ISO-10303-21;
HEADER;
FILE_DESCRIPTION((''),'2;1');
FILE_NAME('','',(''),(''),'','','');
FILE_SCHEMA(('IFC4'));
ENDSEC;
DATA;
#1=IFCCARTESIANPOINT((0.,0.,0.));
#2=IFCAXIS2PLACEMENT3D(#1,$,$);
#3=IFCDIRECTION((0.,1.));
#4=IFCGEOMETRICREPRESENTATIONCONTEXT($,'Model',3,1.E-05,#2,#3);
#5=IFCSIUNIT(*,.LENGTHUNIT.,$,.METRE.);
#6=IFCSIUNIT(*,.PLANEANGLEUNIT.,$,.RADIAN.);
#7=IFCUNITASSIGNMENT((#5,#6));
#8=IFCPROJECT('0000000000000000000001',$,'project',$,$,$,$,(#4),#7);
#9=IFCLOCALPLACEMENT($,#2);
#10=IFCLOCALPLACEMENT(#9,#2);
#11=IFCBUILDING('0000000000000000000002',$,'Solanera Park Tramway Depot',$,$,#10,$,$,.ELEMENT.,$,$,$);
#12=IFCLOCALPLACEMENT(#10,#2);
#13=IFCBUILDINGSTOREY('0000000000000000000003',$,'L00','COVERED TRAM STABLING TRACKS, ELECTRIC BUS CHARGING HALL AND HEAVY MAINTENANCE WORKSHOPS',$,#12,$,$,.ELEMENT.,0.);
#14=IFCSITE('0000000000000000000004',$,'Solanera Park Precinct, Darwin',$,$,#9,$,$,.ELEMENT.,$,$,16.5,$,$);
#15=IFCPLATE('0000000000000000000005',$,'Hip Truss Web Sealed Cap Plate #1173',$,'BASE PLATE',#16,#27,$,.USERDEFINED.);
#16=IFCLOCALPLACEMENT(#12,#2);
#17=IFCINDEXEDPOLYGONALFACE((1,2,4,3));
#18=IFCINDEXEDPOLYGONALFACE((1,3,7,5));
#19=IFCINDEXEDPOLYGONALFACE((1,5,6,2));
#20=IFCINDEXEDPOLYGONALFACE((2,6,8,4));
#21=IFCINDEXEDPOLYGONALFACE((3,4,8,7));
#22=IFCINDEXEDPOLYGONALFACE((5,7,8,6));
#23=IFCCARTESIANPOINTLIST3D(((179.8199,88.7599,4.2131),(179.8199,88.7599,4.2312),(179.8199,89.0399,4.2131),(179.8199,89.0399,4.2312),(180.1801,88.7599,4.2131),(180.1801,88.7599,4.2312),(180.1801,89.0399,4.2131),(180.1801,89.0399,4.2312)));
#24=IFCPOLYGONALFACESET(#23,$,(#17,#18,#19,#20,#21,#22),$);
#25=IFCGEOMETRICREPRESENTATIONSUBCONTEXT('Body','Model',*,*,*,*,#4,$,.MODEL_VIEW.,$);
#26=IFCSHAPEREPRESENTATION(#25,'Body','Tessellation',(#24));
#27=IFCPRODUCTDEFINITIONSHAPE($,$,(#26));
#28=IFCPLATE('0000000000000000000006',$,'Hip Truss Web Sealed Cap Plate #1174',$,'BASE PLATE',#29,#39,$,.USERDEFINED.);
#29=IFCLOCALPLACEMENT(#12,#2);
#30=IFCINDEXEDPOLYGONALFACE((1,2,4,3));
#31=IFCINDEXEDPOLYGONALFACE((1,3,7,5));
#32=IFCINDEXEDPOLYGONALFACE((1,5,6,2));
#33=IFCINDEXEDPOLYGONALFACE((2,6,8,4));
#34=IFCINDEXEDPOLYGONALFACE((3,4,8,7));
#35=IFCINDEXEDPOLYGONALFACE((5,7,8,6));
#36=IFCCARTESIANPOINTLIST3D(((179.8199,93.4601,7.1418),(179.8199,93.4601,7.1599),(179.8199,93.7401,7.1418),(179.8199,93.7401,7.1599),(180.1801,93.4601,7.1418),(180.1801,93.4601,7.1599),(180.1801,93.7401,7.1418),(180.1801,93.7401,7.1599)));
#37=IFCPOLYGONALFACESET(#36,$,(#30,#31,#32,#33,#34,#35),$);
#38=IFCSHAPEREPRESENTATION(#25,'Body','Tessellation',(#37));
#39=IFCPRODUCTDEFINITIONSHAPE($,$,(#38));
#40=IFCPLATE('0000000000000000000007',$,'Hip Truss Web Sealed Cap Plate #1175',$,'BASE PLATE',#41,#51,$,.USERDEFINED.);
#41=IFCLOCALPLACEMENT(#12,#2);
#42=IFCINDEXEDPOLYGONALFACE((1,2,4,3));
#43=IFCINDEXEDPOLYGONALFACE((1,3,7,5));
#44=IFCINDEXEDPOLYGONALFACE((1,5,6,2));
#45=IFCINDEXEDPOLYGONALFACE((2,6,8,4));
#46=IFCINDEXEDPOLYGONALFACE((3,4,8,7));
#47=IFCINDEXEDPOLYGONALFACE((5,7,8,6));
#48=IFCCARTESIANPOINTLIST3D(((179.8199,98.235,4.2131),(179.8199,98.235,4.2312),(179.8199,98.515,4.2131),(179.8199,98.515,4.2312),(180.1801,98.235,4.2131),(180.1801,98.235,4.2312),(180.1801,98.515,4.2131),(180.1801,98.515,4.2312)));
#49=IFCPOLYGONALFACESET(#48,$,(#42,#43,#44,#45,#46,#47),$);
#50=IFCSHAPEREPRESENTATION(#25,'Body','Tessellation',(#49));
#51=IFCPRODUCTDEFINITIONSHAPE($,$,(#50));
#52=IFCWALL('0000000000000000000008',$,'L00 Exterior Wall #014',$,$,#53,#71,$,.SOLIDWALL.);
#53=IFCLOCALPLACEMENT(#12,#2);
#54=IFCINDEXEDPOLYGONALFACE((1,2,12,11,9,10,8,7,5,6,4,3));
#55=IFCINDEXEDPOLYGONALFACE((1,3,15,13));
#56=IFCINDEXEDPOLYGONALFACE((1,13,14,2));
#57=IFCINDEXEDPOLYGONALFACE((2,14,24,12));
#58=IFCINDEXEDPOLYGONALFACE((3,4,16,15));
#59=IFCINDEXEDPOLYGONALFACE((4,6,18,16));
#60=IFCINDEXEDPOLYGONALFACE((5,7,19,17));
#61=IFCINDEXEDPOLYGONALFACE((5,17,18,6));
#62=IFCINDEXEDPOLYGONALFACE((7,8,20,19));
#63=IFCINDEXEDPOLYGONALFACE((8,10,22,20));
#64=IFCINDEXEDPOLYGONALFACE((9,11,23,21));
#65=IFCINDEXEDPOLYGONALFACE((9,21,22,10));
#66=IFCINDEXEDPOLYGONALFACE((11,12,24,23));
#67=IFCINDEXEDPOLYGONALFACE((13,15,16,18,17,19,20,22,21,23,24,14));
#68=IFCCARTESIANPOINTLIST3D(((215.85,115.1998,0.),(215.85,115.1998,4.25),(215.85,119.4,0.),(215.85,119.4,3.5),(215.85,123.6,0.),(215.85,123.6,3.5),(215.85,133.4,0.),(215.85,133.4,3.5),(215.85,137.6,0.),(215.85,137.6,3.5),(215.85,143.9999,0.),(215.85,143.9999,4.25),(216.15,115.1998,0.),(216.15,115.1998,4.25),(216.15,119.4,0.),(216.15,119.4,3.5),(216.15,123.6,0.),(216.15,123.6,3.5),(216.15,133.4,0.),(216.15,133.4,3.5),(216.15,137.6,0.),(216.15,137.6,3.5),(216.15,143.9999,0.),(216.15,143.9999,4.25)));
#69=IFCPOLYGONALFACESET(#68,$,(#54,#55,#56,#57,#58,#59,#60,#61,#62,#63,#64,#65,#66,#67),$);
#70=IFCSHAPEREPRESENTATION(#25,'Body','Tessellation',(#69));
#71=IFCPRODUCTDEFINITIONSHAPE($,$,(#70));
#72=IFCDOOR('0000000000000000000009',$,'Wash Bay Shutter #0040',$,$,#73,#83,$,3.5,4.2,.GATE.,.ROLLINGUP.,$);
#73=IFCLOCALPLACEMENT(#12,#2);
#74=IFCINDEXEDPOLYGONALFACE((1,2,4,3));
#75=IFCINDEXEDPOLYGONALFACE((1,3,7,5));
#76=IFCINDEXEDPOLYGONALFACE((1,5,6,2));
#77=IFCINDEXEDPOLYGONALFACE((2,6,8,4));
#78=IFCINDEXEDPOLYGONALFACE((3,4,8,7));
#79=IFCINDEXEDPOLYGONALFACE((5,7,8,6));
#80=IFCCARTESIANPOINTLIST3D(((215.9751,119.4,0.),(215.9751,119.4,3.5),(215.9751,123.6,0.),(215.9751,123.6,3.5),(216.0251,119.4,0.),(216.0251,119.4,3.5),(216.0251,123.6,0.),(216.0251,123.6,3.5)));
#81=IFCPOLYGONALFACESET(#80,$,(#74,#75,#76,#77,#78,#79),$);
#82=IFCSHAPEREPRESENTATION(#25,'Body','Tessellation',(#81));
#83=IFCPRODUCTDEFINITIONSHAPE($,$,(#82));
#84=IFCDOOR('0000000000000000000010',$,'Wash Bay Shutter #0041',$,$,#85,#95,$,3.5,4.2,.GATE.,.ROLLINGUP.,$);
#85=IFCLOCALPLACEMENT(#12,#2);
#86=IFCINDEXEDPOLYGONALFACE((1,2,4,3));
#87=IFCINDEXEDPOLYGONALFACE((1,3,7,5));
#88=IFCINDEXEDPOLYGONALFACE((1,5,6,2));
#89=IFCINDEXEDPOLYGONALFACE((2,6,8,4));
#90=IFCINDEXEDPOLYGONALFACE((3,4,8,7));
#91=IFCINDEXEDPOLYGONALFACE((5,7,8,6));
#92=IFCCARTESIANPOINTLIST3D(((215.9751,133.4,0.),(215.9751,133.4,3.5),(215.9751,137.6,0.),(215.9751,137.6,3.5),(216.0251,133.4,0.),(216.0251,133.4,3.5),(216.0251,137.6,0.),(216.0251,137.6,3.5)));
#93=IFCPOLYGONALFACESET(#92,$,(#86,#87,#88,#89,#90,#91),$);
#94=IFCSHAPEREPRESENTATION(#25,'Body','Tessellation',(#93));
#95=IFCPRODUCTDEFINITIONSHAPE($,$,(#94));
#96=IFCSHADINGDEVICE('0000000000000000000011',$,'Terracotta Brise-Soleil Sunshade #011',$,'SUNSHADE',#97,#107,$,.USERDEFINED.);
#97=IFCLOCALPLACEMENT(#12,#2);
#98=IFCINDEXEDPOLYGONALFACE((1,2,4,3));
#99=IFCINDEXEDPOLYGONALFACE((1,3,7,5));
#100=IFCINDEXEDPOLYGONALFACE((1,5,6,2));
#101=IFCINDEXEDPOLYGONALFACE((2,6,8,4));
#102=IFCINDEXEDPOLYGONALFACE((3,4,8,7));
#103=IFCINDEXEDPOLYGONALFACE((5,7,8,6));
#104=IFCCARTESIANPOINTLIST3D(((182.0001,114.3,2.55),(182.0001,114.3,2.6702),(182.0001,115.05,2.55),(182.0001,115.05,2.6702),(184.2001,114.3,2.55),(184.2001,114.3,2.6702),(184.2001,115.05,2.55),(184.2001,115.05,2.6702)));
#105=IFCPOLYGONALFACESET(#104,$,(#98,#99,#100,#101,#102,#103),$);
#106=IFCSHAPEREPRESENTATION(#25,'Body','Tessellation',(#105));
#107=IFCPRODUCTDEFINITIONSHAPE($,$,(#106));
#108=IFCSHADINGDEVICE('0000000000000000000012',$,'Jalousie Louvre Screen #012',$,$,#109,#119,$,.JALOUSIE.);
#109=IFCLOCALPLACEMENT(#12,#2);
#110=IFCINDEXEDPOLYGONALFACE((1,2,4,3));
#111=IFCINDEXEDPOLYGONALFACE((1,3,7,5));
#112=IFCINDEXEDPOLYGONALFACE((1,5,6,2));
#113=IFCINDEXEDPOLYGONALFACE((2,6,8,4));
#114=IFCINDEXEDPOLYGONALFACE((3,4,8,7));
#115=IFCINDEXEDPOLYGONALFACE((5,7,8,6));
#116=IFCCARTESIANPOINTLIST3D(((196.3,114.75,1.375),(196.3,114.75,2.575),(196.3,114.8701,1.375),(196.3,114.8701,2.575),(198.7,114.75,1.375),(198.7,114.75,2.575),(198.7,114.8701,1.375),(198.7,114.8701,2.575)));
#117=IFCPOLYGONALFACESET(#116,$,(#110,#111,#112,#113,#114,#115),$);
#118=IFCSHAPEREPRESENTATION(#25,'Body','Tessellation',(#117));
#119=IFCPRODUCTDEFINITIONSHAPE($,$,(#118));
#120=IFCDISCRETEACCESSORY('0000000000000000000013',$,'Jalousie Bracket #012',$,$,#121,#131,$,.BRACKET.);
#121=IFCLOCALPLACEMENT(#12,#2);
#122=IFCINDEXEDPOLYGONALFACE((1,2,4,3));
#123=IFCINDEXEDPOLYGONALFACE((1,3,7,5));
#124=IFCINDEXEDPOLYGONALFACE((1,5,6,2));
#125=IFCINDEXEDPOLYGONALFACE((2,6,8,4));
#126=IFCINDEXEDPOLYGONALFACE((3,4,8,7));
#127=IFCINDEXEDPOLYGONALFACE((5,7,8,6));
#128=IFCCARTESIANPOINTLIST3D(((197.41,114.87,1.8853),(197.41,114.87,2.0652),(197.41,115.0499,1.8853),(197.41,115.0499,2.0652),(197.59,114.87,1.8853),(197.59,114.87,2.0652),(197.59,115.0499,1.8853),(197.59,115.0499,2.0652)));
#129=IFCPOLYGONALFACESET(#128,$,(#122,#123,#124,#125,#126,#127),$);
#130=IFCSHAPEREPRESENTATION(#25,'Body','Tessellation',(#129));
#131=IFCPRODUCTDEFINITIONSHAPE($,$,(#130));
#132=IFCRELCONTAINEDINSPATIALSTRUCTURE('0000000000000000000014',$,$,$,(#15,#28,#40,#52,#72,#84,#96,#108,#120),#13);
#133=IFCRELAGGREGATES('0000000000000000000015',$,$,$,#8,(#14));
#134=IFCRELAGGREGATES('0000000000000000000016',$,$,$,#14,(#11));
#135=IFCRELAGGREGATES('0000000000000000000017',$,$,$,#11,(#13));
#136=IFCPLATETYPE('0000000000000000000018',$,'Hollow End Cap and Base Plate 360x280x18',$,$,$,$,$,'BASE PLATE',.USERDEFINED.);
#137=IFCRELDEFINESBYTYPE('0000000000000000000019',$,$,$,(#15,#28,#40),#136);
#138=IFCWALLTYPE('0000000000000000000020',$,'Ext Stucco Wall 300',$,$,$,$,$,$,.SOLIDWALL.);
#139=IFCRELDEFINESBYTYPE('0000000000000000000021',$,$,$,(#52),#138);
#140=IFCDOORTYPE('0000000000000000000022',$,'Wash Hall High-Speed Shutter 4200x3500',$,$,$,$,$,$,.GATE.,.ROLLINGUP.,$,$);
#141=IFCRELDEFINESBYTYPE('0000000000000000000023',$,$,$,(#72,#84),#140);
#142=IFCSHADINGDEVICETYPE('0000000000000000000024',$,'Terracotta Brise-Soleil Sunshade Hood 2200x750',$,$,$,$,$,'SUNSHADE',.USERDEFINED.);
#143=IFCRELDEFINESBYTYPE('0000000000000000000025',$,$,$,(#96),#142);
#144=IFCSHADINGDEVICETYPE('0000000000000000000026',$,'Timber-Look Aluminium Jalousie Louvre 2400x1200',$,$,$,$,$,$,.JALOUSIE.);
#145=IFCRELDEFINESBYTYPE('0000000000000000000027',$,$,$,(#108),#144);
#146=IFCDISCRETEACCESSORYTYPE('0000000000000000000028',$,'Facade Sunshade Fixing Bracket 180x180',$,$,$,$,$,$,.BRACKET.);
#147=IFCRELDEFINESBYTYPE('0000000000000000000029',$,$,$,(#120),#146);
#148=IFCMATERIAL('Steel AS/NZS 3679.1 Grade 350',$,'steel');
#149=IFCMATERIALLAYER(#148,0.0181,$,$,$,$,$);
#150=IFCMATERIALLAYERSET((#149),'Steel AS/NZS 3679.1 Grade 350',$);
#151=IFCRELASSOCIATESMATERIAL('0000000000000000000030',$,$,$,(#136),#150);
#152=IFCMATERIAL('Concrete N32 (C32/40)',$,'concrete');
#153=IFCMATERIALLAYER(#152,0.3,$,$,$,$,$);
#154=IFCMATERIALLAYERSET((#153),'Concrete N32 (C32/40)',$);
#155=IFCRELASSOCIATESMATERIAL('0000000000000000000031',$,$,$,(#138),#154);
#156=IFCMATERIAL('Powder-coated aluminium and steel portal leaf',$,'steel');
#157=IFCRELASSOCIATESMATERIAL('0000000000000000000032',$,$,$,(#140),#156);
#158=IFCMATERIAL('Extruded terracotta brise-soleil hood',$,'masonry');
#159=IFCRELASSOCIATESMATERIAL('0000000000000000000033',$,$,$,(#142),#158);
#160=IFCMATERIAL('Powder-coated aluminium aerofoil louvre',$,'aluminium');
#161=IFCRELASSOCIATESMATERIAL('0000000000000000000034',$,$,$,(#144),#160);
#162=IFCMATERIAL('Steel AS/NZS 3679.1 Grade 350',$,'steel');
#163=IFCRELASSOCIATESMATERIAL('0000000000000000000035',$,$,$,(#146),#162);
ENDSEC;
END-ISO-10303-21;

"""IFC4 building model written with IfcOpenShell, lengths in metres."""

from ifc_helpers import new_model, si_unit, direction, frame, frame_2d, origin, origin_2d, place, context, subcontext, project, spatial, rectangle, extrude, material, layer, layer_set, type_object, element, fill, save


model = new_model("IFC4")

# Units and contexts
model_context = context("Model", 3, precision=1e-05, world=origin(), true_north=direction((0.0, 1.0)))
body_context = subcontext(model_context, "Body", "Model", "MODEL_VIEW")
ifc_project = project(units=[si_unit("LENGTHUNIT", "METRE"), si_unit("PLANEANGLEUNIT", "RADIAN")], contexts=[model_context])

# Site, building, storey
site_placement = place(None, origin())
site = spatial("IfcSite", under=ifc_project, at=site_placement, Name="Solanera Park Precinct, Darwin", CompositionType="ELEMENT", RefElevation=16.5)
building_placement = place(site_placement, origin())
building = spatial("IfcBuilding", under=site, at=building_placement, Name="Solanera Park Tramway Depot", CompositionType="ELEMENT")
storey_placement = place(building_placement, origin())
storey = spatial("IfcBuildingStorey", under=building, at=storey_placement, Name="L00", Description="COVERED TRAM STABLING TRACKS, ELECTRIC BUS CHARGING HALL AND HEAVY MAINTENANCE WORKSHOPS", CompositionType="ELEMENT", Elevation=0.0)

# Plates
ifc_material_1 = material(Name="Steel AS/NZS 3679.1 Grade 350", Category="steel")
ifc_layer_1 = layer(ifc_material_1, 0.0181)
ifc_layer_set_1 = layer_set([ifc_layer_1], Name="Steel AS/NZS 3679.1 Grade 350")
plate_type = type_object("IfcPlateType", Name="Hollow End Cap and Base Plate 360x280x18", ElementType="BASE PLATE", PredefinedType="USERDEFINED", material=ifc_layer_set_1)
for number, where, z_axis, x_axis, name in (
    (1, (180.0, 88.8999, 4.2131), (0.0, 0.0, 1.0), (1.0, 0.0, 0.0), "Hip Truss Web Sealed Cap Plate #1173"),
    (2, (180.0, 93.6001, 7.1418), (0.0, 0.0, 1.0), (1.0, 0.0, 0.0), "Hip Truss Web Sealed Cap Plate #1174"),
    (3, (180.0, 98.375, 4.2131), (0.0, 0.0, 1.0), (1.0, 0.0, 0.0), "Hip Truss Web Sealed Cap Plate #1175"),
):
    element("IfcPlate", number, at=place(storey_placement, frame(where, z_axis=z_axis, x_axis=x_axis)), inside=storey, type_object=plate_type, Name=name, ObjectType="BASE PLATE", PredefinedType="USERDEFINED", context=body_context, shape_type="SweptSolid", body=[
        extrude(rectangle(XDim=0.3601, YDim=0.28, at=origin_2d()), origin(), (0.0, 0.0, 1.0), 0.0181),
    ])

# Wall, openings, doors
ifc_material_2 = material(Name="Concrete N32 (C32/40)", Category="concrete")
ifc_layer_2 = layer(ifc_material_2, 0.3)
ifc_layer_set_2 = layer_set([ifc_layer_2], Name="Concrete N32 (C32/40)")
wall_type = type_object("IfcWallType", Name="Ext Stucco Wall 300", PredefinedType="SOLIDWALL", material=ifc_layer_set_2)
wall_placement = place(storey_placement, frame((216.0, 115.2, 0.0), z_axis=(0.0, 0.0, 1.0), x_axis=(0.0, 1.0, 0.0)))
wall = element("IfcWall", 4, at=wall_placement, inside=storey, type_object=wall_type, Name="L00 Exterior Wall #014", PredefinedType="SOLIDWALL", context=body_context, shape_type="SweptSolid", body=[
    extrude(rectangle(XDim=28.8, YDim=0.3, at=frame_2d((14.3999, 0.0))), origin(), (0.0, 0.0, 1.0), 4.25),
])
opening_1_placement = place(wall_placement, frame((4.2, 0.0, 0.0)))
opening_1 = element("IfcOpeningElement", 5, at=opening_1_placement, cuts=wall, PredefinedType="OPENING", context=body_context, shape_type="SweptSolid", body=[
    extrude(rectangle(XDim=4.2, YDim=3.5, at=frame_2d((2.1001, 1.75))), frame((0.0, 0.1602, 0.0), z_axis=(0.0, -1.0, 0.0), x_axis=(1.0, 0.0, 0.0)), (0.0, 0.0, 1.0), 0.3201),
])
opening_2_placement = place(wall_placement, frame((18.2, 0.0, 0.0)))
opening_2 = element("IfcOpeningElement", 6, at=opening_2_placement, cuts=wall, PredefinedType="OPENING", context=body_context, shape_type="SweptSolid", body=[
    extrude(rectangle(XDim=4.2, YDim=3.5, at=frame_2d((2.1001, 1.75))), frame((0.0, 0.1602, 0.0), z_axis=(0.0, -1.0, 0.0), x_axis=(1.0, 0.0, 0.0)), (0.0, 0.0, 1.0), 0.3201),
])
ifc_material_3 = material(Name="Powder-coated aluminium and steel portal leaf", Category="steel")
door_type = type_object("IfcDoorType", Name="Wash Hall High-Speed Shutter 4200x3500", OperationType="ROLLINGUP", PredefinedType="GATE", material=ifc_material_3)
door_1_placement = place(opening_1_placement, origin())
door_1 = element("IfcDoor", 7, at=door_1_placement, inside=storey, type_object=door_type, Name="Wash Bay Shutter #0040", OperationType="ROLLINGUP", OverallHeight=3.5, OverallWidth=4.2, PredefinedType="GATE", context=body_context, shape_type="SweptSolid", body=[
    extrude(rectangle(XDim=4.2, YDim=3.5, at=frame_2d((2.1001, 1.75))), frame((0.0, 0.0249, 0.0), z_axis=(0.0, -1.0, 0.0), x_axis=(1.0, 0.0, 0.0)), (0.0, 0.0, 1.0), 0.05),
])
fill(opening_1, door_1)
door_2_placement = place(opening_2_placement, origin())
door_2 = element("IfcDoor", 8, at=door_2_placement, inside=storey, type_object=door_type, Name="Wash Bay Shutter #0041", OperationType="ROLLINGUP", OverallHeight=3.5, OverallWidth=4.2, PredefinedType="GATE", context=body_context, shape_type="SweptSolid", body=[
    extrude(rectangle(XDim=4.2, YDim=3.5, at=frame_2d((2.1001, 1.75))), frame((0.0, 0.0249, 0.0), z_axis=(0.0, -1.0, 0.0), x_axis=(1.0, 0.0, 0.0)), (0.0, 0.0, 1.0), 0.05),
])
fill(opening_2, door_2)

# Shading devices
ifc_material_4 = material(Name="Extruded terracotta brise-soleil hood", Category="masonry")
shading_device_type_1 = type_object("IfcShadingDeviceType", Name="Terracotta Brise-Soleil Sunshade Hood 2200x750", ElementType="SUNSHADE", PredefinedType="USERDEFINED", material=ifc_material_4)
shading_device_1_placement = place(storey_placement, frame((183.1001, 114.675, 2.55), z_axis=(0.0, 0.0, 1.0), x_axis=(1.0, 0.0, 0.0)))
element("IfcShadingDevice", 9, at=shading_device_1_placement, inside=storey, type_object=shading_device_type_1, Name="Terracotta Brise-Soleil Sunshade #011", ObjectType="SUNSHADE", PredefinedType="USERDEFINED", context=body_context, shape_type="SweptSolid", body=[
    extrude(rectangle(XDim=2.2, YDim=0.75, at=origin_2d()), origin(), (0.0, 0.0, 1.0), 0.1201),
])
ifc_material_5 = material(Name="Powder-coated aluminium aerofoil louvre", Category="aluminium")
shading_device_type_2 = type_object("IfcShadingDeviceType", Name="Timber-Look Aluminium Jalousie Louvre 2400x1200", PredefinedType="JALOUSIE", material=ifc_material_5)
shading_device_2_placement = place(storey_placement, frame((197.5, 114.8101, 1.375), z_axis=(0.0, 0.0, 1.0), x_axis=(1.0, 0.0, 0.0)))
element("IfcShadingDevice", 10, at=shading_device_2_placement, inside=storey, type_object=shading_device_type_2, Name="Jalousie Louvre Screen #012", PredefinedType="JALOUSIE", context=body_context, shape_type="SweptSolid", body=[
    extrude(rectangle(XDim=2.3999, YDim=0.1201, at=origin_2d()), origin(), (0.0, 0.0, 1.0), 1.2),
])

# Discrete accessory
ifc_material_6 = material(Name="Steel AS/NZS 3679.1 Grade 350", Category="steel")
discrete_accessory_type = type_object("IfcDiscreteAccessoryType", Name="Facade Sunshade Fixing Bracket 180x180", PredefinedType="BRACKET", material=ifc_material_6)
discrete_accessory_placement = place(storey_placement, frame((197.5, 114.96, 1.8853), z_axis=(0.0, 0.0, 1.0), x_axis=(1.0, 0.0, 0.0)))
element("IfcDiscreteAccessory", 11, at=discrete_accessory_placement, inside=storey, type_object=discrete_accessory_type, Name="Jalousie Bracket #012", PredefinedType="BRACKET", context=body_context, shape_type="SweptSolid", body=[
    extrude(rectangle(XDim=0.1799, YDim=0.1799, at=origin_2d()), origin(), (0.0, 0.0, 1.0), 0.1799),
])

save(model, "model.ifc")
